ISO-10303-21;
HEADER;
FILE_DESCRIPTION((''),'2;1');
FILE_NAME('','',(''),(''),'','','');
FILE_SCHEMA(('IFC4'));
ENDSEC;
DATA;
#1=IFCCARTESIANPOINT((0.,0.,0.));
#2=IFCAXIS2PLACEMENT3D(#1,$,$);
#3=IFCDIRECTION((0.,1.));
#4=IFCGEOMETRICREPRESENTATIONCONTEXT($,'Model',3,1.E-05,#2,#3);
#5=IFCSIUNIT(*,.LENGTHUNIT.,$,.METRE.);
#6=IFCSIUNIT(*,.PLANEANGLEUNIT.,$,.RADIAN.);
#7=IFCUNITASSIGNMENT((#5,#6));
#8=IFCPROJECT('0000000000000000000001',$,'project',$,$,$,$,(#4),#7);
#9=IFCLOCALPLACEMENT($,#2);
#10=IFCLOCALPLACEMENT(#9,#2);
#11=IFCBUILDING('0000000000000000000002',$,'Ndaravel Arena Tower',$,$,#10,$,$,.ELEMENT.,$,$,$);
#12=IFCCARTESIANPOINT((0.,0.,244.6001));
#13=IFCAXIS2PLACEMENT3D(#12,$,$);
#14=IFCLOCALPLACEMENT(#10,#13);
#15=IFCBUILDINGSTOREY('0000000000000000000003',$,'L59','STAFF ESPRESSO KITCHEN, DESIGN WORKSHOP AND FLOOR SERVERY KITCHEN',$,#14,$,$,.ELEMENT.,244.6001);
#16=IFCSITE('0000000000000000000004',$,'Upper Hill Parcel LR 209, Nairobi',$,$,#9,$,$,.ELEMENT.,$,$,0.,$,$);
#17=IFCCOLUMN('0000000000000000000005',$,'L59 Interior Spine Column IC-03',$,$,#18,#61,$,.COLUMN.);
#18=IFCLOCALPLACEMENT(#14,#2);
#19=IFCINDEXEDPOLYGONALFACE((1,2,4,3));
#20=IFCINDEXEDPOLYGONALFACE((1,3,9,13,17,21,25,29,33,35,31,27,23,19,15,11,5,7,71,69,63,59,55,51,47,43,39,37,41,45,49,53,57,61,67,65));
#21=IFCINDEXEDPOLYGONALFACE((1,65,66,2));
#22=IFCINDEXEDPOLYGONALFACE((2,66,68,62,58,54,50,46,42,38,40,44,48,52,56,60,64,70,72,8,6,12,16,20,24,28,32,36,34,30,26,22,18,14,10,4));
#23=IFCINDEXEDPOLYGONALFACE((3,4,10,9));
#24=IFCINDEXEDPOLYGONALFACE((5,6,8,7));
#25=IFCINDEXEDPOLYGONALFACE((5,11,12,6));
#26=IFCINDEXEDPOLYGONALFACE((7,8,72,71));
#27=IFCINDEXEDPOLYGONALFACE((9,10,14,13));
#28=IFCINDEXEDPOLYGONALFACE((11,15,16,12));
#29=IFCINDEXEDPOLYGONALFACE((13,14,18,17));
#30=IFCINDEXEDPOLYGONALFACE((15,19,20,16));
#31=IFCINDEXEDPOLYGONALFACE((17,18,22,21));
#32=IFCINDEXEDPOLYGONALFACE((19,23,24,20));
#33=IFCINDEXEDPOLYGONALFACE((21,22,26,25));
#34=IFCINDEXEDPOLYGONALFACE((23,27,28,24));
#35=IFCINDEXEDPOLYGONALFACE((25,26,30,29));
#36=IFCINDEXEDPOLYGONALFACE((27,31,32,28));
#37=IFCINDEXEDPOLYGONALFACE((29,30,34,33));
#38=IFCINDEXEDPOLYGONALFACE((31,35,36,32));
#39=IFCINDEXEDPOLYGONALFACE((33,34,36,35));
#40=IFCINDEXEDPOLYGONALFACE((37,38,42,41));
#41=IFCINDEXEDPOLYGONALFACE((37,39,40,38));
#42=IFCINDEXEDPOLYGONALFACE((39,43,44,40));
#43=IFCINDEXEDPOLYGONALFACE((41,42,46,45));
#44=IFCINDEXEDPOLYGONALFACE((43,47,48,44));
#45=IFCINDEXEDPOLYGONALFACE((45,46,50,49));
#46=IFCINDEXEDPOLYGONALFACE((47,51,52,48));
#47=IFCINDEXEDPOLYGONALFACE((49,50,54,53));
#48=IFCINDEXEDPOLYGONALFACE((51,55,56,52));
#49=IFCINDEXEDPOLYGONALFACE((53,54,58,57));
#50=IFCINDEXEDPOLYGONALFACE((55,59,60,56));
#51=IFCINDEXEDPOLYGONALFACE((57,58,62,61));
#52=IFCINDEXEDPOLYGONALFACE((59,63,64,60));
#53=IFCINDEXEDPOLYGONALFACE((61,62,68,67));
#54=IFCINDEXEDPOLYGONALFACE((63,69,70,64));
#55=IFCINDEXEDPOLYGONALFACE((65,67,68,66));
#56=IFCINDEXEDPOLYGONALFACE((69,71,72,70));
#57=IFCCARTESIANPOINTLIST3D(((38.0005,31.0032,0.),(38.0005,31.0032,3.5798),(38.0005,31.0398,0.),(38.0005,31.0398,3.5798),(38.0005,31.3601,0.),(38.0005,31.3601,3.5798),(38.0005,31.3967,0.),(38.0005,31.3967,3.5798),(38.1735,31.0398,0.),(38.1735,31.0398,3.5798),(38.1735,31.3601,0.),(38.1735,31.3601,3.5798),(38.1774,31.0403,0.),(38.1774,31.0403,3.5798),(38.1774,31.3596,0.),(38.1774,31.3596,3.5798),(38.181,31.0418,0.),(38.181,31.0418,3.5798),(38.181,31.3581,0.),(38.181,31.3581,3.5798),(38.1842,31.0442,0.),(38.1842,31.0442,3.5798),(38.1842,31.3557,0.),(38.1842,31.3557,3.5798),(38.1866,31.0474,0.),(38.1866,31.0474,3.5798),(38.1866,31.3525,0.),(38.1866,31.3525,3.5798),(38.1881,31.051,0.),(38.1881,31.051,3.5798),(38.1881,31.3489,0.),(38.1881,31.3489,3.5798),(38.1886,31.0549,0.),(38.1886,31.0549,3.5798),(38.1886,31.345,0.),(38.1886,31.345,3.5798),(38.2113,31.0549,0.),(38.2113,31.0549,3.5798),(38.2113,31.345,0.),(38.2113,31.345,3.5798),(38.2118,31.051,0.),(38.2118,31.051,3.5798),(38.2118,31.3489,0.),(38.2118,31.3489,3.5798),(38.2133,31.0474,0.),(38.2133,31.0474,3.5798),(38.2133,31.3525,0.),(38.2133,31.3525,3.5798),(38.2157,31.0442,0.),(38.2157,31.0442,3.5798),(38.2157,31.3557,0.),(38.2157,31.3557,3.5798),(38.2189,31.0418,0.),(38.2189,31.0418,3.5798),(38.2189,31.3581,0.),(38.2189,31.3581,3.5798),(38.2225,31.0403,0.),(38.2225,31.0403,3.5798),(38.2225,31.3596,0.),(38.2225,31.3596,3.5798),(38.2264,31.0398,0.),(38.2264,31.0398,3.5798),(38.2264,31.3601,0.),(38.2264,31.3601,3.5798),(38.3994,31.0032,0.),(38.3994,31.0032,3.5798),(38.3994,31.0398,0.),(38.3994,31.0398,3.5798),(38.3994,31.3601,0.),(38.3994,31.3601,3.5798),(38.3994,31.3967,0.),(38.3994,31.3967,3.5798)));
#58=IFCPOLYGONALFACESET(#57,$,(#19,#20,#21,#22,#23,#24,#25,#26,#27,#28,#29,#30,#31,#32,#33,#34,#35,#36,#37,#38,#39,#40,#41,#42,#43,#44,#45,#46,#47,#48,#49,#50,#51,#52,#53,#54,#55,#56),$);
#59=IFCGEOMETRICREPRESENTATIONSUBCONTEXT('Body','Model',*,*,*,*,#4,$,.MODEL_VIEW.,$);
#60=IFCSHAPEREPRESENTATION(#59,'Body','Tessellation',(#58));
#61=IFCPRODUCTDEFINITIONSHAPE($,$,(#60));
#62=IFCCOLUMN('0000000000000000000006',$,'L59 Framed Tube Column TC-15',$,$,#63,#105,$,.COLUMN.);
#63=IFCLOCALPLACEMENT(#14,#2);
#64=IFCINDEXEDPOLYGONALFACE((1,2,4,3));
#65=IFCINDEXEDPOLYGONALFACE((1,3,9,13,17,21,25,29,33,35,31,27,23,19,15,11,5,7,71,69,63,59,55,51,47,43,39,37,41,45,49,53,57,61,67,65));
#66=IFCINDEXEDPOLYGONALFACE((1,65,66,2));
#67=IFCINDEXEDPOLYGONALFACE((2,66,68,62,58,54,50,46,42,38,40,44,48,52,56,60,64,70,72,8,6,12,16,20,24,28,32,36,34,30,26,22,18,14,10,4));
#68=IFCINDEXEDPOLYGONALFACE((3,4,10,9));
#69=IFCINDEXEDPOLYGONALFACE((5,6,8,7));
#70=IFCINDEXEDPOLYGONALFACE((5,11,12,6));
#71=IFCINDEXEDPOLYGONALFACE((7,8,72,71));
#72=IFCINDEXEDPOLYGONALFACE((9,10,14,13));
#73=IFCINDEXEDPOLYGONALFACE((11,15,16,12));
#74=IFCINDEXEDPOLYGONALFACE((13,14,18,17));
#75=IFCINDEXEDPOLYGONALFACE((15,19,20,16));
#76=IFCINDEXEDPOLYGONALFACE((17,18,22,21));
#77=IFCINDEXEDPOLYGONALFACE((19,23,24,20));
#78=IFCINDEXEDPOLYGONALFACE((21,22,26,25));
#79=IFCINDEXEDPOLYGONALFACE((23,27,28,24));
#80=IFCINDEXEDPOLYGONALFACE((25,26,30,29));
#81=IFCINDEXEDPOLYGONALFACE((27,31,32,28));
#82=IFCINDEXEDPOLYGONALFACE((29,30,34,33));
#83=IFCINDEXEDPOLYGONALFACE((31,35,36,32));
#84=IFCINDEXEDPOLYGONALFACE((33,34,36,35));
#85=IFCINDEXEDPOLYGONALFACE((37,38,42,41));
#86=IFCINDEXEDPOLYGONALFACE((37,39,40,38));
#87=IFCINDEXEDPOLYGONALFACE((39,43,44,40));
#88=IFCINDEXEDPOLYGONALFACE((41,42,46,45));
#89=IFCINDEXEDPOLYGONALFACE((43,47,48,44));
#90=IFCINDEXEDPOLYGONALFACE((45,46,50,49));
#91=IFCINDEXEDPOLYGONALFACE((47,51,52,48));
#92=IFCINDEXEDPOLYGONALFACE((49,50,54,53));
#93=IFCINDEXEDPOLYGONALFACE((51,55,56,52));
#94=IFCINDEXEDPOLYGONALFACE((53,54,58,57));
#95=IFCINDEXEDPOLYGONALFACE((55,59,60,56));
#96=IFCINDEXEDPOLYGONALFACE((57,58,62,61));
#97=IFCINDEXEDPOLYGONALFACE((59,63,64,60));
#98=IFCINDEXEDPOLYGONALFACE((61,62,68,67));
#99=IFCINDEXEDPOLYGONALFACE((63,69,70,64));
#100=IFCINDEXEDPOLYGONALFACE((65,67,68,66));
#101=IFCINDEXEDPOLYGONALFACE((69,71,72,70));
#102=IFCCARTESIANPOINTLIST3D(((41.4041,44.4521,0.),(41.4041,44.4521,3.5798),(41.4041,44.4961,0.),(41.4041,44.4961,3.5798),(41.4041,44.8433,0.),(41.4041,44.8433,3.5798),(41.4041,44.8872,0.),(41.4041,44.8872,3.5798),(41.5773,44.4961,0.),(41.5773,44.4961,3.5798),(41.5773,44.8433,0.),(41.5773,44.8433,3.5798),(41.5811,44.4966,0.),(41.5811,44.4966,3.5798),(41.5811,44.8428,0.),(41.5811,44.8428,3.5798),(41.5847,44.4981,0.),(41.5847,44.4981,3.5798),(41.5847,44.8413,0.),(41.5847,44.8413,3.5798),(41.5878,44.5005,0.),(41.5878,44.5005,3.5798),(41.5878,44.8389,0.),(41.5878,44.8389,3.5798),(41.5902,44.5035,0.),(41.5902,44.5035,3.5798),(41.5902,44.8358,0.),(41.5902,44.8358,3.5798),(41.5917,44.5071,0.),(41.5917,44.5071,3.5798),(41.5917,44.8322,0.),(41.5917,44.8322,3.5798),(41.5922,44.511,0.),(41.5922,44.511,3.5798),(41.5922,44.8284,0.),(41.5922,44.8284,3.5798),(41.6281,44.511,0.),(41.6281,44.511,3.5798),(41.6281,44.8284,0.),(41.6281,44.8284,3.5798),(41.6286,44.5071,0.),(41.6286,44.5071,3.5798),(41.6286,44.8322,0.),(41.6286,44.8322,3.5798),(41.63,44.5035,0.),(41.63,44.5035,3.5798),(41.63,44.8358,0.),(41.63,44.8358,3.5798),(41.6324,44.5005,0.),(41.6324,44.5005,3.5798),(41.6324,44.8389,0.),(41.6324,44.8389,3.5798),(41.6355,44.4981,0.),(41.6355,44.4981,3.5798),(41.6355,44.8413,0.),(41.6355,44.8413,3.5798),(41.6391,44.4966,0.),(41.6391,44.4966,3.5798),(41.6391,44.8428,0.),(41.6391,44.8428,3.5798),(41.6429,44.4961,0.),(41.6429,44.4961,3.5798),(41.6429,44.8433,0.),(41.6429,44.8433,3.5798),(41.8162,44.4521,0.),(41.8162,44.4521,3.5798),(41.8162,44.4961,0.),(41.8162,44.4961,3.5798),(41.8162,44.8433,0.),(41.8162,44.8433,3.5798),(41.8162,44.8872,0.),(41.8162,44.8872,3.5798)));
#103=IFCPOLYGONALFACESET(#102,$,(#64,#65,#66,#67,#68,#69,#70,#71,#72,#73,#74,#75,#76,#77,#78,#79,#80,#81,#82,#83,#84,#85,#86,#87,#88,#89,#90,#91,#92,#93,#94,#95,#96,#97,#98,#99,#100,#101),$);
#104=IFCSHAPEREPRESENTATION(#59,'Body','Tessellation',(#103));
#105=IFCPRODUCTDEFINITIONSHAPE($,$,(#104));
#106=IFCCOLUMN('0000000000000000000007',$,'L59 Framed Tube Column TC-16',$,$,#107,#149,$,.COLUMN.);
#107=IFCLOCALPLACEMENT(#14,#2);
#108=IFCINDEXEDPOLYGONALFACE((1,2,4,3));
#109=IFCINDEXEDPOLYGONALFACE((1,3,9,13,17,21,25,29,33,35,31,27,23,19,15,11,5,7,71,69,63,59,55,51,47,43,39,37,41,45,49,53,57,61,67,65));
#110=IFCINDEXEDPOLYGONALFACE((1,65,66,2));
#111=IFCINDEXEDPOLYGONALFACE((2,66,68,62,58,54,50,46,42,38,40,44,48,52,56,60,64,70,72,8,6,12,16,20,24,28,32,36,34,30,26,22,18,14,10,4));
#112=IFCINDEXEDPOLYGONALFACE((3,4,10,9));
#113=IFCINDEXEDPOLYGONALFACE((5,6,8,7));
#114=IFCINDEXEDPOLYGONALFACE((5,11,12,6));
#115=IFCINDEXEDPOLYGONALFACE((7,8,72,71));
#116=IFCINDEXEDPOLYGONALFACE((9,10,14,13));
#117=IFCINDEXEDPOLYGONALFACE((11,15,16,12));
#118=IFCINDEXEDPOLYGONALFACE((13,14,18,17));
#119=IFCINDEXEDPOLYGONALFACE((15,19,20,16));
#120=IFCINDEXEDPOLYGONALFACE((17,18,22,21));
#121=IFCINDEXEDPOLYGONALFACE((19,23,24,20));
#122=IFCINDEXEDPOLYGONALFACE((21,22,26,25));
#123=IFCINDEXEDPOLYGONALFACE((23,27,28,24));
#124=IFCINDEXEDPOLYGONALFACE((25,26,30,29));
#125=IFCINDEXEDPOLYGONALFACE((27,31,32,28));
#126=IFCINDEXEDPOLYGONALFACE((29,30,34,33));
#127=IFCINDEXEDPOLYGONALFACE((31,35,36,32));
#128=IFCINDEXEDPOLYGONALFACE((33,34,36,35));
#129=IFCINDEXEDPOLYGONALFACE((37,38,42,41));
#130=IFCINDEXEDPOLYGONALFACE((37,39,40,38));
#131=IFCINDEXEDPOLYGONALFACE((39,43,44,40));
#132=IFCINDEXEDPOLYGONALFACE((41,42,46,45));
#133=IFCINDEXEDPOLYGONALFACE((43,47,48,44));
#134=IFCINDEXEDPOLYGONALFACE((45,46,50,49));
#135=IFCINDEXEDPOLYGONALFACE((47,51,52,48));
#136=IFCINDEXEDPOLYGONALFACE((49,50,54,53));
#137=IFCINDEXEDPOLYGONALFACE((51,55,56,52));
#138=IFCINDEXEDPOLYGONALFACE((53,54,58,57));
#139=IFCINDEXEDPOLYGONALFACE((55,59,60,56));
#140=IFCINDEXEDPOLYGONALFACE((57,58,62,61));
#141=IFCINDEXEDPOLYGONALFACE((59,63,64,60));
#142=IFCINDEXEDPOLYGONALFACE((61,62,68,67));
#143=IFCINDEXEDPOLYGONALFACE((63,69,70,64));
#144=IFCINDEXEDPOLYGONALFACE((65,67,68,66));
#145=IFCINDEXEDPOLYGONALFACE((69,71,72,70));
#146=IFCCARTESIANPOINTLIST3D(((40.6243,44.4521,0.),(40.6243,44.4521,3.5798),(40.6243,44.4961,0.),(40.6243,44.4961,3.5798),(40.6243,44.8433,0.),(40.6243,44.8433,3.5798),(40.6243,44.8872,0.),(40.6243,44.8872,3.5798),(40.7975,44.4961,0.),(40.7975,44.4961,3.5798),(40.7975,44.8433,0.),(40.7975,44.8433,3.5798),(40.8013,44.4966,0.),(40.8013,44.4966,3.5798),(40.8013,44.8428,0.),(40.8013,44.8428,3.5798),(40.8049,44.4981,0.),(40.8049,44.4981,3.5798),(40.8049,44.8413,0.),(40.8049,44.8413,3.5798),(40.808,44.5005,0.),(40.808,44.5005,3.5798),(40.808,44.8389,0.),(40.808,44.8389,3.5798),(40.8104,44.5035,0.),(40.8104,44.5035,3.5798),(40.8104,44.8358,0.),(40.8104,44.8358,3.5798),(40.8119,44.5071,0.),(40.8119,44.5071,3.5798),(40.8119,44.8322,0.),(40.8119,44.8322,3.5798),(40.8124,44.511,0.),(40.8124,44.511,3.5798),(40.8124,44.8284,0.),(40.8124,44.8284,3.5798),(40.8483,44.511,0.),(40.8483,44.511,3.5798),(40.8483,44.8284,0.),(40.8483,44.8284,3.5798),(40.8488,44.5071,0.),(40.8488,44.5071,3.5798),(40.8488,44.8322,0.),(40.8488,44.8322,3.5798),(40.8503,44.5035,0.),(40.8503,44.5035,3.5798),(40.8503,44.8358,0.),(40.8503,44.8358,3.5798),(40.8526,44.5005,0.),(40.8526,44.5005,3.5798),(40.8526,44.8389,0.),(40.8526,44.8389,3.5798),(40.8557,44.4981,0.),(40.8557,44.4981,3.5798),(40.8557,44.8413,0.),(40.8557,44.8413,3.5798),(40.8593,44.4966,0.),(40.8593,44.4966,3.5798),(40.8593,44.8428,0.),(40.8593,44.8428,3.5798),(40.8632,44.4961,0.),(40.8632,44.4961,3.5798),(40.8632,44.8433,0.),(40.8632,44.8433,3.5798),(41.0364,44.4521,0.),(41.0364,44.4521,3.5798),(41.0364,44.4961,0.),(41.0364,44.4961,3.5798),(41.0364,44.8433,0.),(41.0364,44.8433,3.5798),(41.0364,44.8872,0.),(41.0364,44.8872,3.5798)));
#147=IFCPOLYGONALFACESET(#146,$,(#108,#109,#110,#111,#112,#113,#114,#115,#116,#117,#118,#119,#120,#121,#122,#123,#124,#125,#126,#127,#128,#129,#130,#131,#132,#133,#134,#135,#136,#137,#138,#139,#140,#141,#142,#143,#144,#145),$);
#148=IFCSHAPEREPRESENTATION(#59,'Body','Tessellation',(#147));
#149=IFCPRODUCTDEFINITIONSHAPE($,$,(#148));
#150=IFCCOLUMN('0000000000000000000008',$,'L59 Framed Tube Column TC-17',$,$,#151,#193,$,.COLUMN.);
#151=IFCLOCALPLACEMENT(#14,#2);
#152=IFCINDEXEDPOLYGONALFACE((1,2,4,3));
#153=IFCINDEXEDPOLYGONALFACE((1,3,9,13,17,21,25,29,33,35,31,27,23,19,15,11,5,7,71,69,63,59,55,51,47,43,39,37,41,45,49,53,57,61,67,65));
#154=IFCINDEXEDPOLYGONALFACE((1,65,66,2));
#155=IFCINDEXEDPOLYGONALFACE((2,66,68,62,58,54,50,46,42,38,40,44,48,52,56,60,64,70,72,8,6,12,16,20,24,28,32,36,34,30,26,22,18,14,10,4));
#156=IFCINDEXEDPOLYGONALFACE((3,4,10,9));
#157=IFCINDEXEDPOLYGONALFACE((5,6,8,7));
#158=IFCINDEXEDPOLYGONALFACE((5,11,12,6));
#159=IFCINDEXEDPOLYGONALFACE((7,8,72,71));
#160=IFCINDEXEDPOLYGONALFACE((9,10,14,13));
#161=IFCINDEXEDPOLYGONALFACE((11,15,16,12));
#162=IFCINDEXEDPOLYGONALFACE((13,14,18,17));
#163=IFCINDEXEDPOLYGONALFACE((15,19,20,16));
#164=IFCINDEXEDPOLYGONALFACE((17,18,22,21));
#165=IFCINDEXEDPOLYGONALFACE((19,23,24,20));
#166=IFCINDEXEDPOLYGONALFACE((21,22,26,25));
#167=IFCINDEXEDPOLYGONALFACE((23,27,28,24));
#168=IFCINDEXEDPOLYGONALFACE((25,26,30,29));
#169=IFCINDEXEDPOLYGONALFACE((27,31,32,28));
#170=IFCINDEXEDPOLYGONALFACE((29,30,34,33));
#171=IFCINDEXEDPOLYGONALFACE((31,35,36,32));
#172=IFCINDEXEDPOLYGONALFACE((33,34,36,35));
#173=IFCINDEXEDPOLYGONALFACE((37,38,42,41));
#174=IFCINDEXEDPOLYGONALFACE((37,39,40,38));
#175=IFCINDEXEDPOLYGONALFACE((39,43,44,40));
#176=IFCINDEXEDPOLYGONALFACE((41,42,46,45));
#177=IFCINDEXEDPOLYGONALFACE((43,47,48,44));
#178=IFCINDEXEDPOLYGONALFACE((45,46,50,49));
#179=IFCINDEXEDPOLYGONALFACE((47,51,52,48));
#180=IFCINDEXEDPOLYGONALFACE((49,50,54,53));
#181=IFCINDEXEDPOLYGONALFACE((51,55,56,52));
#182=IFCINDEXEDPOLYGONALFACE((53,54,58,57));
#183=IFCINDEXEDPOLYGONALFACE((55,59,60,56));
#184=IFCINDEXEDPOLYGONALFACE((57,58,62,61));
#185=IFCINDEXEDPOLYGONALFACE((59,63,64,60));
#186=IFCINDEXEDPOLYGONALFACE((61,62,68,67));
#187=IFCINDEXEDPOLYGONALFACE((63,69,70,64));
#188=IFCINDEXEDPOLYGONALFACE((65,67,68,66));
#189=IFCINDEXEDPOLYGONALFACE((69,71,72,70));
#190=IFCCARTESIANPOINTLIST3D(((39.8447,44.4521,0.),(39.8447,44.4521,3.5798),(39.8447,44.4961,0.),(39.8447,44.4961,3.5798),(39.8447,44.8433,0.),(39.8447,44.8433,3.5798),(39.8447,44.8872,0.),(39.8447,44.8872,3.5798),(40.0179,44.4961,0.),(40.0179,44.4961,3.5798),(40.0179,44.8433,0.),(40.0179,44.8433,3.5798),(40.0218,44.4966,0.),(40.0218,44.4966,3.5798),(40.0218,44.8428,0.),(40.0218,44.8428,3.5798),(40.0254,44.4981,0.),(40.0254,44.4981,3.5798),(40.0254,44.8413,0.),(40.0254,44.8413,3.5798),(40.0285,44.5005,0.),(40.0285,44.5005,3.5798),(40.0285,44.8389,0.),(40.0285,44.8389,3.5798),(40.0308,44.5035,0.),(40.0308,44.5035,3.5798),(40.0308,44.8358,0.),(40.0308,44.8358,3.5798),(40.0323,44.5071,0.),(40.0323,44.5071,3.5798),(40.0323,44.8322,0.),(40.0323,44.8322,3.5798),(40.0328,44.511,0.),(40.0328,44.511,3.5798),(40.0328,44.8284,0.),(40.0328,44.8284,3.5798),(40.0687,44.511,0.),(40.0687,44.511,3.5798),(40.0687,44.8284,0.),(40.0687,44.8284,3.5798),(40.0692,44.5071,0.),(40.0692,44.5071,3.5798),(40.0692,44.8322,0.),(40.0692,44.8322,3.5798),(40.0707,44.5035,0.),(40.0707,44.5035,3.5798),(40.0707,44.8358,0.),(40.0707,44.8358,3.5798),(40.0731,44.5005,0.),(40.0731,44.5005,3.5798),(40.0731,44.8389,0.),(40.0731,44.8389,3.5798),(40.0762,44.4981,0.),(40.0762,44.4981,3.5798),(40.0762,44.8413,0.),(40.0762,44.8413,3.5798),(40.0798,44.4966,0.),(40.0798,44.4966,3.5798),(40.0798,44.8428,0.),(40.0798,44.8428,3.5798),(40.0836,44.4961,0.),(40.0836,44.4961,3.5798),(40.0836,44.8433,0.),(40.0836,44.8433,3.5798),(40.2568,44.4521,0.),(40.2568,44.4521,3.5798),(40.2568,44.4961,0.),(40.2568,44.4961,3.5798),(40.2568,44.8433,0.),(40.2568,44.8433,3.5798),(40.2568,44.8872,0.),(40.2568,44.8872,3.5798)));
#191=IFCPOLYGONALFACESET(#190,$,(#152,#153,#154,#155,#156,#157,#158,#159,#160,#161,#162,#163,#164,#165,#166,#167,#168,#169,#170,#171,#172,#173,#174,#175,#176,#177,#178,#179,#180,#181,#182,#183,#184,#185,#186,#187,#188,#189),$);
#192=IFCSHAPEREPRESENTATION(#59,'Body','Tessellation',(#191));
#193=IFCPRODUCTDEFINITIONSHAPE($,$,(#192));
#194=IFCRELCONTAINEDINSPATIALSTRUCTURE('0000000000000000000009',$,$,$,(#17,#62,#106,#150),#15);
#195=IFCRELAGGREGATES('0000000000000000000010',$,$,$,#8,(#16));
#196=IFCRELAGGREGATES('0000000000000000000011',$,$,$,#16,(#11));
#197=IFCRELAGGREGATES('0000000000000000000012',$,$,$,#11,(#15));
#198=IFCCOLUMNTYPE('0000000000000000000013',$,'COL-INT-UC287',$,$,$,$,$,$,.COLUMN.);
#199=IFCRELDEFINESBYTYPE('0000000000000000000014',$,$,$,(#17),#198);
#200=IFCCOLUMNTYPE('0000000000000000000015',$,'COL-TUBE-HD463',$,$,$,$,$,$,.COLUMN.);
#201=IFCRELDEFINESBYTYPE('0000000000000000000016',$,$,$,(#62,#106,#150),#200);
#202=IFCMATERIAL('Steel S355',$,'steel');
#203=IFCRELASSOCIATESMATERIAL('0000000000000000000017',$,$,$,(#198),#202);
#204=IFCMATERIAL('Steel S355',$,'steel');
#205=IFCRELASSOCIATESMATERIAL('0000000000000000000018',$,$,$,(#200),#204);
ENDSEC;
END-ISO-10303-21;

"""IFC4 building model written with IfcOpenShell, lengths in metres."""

from ifc_helpers import new_model, si_unit, direction, frame, origin, origin_2d, place, context, subcontext, project, spatial, i_section, extrude, material, material_profile, profile_set, type_object, element, save


model = new_model("IFC4")

# Units and contexts
model_context = context("Model", 3, precision=1e-05, world=origin(), true_north=direction((0.0, 1.0)))
body_context = subcontext(model_context, "Body", "Model", "MODEL_VIEW")
ifc_project = project(units=[si_unit("LENGTHUNIT", "METRE"), si_unit("PLANEANGLEUNIT", "RADIAN")], contexts=[model_context])

# Site, building, storey
site_placement = place(None, origin())
site = spatial("IfcSite", under=ifc_project, at=site_placement, Name="Upper Hill Parcel LR 209, Nairobi", CompositionType="ELEMENT", RefElevation=0.0)
building_placement = place(site_placement, origin())
building = spatial("IfcBuilding", under=site, at=building_placement, Name="Ndaravel Arena Tower", CompositionType="ELEMENT")
storey_placement = place(building_placement, frame((0.0, 0.0, 244.6001)))
storey = spatial("IfcBuildingStorey", under=building, at=storey_placement, Name="L59", Description="STAFF ESPRESSO KITCHEN, DESIGN WORKSHOP AND FLOOR SERVERY KITCHEN", CompositionType="ELEMENT", Elevation=244.6001)

# Columns
ifc_material_1 = material(Name="Steel S355", Category="steel")
ifc_material_profile_1 = material_profile(ifc_material_1, i_section(OverallWidth=0.3989, OverallDepth=0.3936, WebThickness=0.0227, FlangeThickness=0.0366, FilletRadius=0.0151, at=origin_2d()), Name="UC 356x406x287")
ifc_profile_set_1 = profile_set([ifc_material_profile_1], Name="Steel S355")
column_type_1 = type_object("IfcColumnType", Name="COL-INT-UC287", PredefinedType="COLUMN", material=ifc_profile_set_1)
column_placement = place(storey_placement, frame((38.2, 31.2, 0.0), z_axis=(0.0, 0.0, 1.0), x_axis=(1.0, 0.0, 0.0)))
element("IfcColumn", 1, at=column_placement, inside=storey, type_object=column_type_1, Name="L59 Interior Spine Column IC-03", PredefinedType="COLUMN", context=body_context, shape_type="SweptSolid", body=[
    extrude(i_section(OverallWidth=0.3989, OverallDepth=0.3936, WebThickness=0.0227, FlangeThickness=0.0366, FilletRadius=0.0151, at=origin_2d()), origin(), (0.0, 0.0, 1.0), 3.5798),
])
ifc_material_2 = material(Name="Steel S355", Category="steel")
ifc_material_profile_2 = material_profile(ifc_material_2, i_section(OverallWidth=0.4121, OverallDepth=0.4351, WebThickness=0.0359, FlangeThickness=0.0439, FilletRadius=0.0149, at=origin_2d()), Name="HD 400x463")
ifc_profile_set_2 = profile_set([ifc_material_profile_2], Name="Steel S355")
column_type_2 = type_object("IfcColumnType", Name="COL-TUBE-HD463", PredefinedType="COLUMN", material=ifc_profile_set_2)
for number, where, z_axis, x_axis, name in (
    (2, (41.6101, 44.6697, 0.0), (0.0, 0.0, 1.0), (1.0, 0.0, 0.0), "L59 Framed Tube Column TC-15"),
    (3, (40.8303, 44.6697, 0.0), (0.0, 0.0, 1.0), (1.0, 0.0, 0.0), "L59 Framed Tube Column TC-16"),
    (4, (40.0508, 44.6697, 0.0), (0.0, 0.0, 1.0), (1.0, 0.0, 0.0), "L59 Framed Tube Column TC-17"),
):
    element("IfcColumn", number, at=place(storey_placement, frame(where, z_axis=z_axis, x_axis=x_axis)), inside=storey, type_object=column_type_2, Name=name, PredefinedType="COLUMN", context=body_context, shape_type="SweptSolid", body=[
        extrude(i_section(OverallWidth=0.4121, OverallDepth=0.4351, WebThickness=0.0359, FlangeThickness=0.0439, FilletRadius=0.0149, at=origin_2d()), origin(), (0.0, 0.0, 1.0), 3.5798),
    ])

save(model, "model.ifc")
